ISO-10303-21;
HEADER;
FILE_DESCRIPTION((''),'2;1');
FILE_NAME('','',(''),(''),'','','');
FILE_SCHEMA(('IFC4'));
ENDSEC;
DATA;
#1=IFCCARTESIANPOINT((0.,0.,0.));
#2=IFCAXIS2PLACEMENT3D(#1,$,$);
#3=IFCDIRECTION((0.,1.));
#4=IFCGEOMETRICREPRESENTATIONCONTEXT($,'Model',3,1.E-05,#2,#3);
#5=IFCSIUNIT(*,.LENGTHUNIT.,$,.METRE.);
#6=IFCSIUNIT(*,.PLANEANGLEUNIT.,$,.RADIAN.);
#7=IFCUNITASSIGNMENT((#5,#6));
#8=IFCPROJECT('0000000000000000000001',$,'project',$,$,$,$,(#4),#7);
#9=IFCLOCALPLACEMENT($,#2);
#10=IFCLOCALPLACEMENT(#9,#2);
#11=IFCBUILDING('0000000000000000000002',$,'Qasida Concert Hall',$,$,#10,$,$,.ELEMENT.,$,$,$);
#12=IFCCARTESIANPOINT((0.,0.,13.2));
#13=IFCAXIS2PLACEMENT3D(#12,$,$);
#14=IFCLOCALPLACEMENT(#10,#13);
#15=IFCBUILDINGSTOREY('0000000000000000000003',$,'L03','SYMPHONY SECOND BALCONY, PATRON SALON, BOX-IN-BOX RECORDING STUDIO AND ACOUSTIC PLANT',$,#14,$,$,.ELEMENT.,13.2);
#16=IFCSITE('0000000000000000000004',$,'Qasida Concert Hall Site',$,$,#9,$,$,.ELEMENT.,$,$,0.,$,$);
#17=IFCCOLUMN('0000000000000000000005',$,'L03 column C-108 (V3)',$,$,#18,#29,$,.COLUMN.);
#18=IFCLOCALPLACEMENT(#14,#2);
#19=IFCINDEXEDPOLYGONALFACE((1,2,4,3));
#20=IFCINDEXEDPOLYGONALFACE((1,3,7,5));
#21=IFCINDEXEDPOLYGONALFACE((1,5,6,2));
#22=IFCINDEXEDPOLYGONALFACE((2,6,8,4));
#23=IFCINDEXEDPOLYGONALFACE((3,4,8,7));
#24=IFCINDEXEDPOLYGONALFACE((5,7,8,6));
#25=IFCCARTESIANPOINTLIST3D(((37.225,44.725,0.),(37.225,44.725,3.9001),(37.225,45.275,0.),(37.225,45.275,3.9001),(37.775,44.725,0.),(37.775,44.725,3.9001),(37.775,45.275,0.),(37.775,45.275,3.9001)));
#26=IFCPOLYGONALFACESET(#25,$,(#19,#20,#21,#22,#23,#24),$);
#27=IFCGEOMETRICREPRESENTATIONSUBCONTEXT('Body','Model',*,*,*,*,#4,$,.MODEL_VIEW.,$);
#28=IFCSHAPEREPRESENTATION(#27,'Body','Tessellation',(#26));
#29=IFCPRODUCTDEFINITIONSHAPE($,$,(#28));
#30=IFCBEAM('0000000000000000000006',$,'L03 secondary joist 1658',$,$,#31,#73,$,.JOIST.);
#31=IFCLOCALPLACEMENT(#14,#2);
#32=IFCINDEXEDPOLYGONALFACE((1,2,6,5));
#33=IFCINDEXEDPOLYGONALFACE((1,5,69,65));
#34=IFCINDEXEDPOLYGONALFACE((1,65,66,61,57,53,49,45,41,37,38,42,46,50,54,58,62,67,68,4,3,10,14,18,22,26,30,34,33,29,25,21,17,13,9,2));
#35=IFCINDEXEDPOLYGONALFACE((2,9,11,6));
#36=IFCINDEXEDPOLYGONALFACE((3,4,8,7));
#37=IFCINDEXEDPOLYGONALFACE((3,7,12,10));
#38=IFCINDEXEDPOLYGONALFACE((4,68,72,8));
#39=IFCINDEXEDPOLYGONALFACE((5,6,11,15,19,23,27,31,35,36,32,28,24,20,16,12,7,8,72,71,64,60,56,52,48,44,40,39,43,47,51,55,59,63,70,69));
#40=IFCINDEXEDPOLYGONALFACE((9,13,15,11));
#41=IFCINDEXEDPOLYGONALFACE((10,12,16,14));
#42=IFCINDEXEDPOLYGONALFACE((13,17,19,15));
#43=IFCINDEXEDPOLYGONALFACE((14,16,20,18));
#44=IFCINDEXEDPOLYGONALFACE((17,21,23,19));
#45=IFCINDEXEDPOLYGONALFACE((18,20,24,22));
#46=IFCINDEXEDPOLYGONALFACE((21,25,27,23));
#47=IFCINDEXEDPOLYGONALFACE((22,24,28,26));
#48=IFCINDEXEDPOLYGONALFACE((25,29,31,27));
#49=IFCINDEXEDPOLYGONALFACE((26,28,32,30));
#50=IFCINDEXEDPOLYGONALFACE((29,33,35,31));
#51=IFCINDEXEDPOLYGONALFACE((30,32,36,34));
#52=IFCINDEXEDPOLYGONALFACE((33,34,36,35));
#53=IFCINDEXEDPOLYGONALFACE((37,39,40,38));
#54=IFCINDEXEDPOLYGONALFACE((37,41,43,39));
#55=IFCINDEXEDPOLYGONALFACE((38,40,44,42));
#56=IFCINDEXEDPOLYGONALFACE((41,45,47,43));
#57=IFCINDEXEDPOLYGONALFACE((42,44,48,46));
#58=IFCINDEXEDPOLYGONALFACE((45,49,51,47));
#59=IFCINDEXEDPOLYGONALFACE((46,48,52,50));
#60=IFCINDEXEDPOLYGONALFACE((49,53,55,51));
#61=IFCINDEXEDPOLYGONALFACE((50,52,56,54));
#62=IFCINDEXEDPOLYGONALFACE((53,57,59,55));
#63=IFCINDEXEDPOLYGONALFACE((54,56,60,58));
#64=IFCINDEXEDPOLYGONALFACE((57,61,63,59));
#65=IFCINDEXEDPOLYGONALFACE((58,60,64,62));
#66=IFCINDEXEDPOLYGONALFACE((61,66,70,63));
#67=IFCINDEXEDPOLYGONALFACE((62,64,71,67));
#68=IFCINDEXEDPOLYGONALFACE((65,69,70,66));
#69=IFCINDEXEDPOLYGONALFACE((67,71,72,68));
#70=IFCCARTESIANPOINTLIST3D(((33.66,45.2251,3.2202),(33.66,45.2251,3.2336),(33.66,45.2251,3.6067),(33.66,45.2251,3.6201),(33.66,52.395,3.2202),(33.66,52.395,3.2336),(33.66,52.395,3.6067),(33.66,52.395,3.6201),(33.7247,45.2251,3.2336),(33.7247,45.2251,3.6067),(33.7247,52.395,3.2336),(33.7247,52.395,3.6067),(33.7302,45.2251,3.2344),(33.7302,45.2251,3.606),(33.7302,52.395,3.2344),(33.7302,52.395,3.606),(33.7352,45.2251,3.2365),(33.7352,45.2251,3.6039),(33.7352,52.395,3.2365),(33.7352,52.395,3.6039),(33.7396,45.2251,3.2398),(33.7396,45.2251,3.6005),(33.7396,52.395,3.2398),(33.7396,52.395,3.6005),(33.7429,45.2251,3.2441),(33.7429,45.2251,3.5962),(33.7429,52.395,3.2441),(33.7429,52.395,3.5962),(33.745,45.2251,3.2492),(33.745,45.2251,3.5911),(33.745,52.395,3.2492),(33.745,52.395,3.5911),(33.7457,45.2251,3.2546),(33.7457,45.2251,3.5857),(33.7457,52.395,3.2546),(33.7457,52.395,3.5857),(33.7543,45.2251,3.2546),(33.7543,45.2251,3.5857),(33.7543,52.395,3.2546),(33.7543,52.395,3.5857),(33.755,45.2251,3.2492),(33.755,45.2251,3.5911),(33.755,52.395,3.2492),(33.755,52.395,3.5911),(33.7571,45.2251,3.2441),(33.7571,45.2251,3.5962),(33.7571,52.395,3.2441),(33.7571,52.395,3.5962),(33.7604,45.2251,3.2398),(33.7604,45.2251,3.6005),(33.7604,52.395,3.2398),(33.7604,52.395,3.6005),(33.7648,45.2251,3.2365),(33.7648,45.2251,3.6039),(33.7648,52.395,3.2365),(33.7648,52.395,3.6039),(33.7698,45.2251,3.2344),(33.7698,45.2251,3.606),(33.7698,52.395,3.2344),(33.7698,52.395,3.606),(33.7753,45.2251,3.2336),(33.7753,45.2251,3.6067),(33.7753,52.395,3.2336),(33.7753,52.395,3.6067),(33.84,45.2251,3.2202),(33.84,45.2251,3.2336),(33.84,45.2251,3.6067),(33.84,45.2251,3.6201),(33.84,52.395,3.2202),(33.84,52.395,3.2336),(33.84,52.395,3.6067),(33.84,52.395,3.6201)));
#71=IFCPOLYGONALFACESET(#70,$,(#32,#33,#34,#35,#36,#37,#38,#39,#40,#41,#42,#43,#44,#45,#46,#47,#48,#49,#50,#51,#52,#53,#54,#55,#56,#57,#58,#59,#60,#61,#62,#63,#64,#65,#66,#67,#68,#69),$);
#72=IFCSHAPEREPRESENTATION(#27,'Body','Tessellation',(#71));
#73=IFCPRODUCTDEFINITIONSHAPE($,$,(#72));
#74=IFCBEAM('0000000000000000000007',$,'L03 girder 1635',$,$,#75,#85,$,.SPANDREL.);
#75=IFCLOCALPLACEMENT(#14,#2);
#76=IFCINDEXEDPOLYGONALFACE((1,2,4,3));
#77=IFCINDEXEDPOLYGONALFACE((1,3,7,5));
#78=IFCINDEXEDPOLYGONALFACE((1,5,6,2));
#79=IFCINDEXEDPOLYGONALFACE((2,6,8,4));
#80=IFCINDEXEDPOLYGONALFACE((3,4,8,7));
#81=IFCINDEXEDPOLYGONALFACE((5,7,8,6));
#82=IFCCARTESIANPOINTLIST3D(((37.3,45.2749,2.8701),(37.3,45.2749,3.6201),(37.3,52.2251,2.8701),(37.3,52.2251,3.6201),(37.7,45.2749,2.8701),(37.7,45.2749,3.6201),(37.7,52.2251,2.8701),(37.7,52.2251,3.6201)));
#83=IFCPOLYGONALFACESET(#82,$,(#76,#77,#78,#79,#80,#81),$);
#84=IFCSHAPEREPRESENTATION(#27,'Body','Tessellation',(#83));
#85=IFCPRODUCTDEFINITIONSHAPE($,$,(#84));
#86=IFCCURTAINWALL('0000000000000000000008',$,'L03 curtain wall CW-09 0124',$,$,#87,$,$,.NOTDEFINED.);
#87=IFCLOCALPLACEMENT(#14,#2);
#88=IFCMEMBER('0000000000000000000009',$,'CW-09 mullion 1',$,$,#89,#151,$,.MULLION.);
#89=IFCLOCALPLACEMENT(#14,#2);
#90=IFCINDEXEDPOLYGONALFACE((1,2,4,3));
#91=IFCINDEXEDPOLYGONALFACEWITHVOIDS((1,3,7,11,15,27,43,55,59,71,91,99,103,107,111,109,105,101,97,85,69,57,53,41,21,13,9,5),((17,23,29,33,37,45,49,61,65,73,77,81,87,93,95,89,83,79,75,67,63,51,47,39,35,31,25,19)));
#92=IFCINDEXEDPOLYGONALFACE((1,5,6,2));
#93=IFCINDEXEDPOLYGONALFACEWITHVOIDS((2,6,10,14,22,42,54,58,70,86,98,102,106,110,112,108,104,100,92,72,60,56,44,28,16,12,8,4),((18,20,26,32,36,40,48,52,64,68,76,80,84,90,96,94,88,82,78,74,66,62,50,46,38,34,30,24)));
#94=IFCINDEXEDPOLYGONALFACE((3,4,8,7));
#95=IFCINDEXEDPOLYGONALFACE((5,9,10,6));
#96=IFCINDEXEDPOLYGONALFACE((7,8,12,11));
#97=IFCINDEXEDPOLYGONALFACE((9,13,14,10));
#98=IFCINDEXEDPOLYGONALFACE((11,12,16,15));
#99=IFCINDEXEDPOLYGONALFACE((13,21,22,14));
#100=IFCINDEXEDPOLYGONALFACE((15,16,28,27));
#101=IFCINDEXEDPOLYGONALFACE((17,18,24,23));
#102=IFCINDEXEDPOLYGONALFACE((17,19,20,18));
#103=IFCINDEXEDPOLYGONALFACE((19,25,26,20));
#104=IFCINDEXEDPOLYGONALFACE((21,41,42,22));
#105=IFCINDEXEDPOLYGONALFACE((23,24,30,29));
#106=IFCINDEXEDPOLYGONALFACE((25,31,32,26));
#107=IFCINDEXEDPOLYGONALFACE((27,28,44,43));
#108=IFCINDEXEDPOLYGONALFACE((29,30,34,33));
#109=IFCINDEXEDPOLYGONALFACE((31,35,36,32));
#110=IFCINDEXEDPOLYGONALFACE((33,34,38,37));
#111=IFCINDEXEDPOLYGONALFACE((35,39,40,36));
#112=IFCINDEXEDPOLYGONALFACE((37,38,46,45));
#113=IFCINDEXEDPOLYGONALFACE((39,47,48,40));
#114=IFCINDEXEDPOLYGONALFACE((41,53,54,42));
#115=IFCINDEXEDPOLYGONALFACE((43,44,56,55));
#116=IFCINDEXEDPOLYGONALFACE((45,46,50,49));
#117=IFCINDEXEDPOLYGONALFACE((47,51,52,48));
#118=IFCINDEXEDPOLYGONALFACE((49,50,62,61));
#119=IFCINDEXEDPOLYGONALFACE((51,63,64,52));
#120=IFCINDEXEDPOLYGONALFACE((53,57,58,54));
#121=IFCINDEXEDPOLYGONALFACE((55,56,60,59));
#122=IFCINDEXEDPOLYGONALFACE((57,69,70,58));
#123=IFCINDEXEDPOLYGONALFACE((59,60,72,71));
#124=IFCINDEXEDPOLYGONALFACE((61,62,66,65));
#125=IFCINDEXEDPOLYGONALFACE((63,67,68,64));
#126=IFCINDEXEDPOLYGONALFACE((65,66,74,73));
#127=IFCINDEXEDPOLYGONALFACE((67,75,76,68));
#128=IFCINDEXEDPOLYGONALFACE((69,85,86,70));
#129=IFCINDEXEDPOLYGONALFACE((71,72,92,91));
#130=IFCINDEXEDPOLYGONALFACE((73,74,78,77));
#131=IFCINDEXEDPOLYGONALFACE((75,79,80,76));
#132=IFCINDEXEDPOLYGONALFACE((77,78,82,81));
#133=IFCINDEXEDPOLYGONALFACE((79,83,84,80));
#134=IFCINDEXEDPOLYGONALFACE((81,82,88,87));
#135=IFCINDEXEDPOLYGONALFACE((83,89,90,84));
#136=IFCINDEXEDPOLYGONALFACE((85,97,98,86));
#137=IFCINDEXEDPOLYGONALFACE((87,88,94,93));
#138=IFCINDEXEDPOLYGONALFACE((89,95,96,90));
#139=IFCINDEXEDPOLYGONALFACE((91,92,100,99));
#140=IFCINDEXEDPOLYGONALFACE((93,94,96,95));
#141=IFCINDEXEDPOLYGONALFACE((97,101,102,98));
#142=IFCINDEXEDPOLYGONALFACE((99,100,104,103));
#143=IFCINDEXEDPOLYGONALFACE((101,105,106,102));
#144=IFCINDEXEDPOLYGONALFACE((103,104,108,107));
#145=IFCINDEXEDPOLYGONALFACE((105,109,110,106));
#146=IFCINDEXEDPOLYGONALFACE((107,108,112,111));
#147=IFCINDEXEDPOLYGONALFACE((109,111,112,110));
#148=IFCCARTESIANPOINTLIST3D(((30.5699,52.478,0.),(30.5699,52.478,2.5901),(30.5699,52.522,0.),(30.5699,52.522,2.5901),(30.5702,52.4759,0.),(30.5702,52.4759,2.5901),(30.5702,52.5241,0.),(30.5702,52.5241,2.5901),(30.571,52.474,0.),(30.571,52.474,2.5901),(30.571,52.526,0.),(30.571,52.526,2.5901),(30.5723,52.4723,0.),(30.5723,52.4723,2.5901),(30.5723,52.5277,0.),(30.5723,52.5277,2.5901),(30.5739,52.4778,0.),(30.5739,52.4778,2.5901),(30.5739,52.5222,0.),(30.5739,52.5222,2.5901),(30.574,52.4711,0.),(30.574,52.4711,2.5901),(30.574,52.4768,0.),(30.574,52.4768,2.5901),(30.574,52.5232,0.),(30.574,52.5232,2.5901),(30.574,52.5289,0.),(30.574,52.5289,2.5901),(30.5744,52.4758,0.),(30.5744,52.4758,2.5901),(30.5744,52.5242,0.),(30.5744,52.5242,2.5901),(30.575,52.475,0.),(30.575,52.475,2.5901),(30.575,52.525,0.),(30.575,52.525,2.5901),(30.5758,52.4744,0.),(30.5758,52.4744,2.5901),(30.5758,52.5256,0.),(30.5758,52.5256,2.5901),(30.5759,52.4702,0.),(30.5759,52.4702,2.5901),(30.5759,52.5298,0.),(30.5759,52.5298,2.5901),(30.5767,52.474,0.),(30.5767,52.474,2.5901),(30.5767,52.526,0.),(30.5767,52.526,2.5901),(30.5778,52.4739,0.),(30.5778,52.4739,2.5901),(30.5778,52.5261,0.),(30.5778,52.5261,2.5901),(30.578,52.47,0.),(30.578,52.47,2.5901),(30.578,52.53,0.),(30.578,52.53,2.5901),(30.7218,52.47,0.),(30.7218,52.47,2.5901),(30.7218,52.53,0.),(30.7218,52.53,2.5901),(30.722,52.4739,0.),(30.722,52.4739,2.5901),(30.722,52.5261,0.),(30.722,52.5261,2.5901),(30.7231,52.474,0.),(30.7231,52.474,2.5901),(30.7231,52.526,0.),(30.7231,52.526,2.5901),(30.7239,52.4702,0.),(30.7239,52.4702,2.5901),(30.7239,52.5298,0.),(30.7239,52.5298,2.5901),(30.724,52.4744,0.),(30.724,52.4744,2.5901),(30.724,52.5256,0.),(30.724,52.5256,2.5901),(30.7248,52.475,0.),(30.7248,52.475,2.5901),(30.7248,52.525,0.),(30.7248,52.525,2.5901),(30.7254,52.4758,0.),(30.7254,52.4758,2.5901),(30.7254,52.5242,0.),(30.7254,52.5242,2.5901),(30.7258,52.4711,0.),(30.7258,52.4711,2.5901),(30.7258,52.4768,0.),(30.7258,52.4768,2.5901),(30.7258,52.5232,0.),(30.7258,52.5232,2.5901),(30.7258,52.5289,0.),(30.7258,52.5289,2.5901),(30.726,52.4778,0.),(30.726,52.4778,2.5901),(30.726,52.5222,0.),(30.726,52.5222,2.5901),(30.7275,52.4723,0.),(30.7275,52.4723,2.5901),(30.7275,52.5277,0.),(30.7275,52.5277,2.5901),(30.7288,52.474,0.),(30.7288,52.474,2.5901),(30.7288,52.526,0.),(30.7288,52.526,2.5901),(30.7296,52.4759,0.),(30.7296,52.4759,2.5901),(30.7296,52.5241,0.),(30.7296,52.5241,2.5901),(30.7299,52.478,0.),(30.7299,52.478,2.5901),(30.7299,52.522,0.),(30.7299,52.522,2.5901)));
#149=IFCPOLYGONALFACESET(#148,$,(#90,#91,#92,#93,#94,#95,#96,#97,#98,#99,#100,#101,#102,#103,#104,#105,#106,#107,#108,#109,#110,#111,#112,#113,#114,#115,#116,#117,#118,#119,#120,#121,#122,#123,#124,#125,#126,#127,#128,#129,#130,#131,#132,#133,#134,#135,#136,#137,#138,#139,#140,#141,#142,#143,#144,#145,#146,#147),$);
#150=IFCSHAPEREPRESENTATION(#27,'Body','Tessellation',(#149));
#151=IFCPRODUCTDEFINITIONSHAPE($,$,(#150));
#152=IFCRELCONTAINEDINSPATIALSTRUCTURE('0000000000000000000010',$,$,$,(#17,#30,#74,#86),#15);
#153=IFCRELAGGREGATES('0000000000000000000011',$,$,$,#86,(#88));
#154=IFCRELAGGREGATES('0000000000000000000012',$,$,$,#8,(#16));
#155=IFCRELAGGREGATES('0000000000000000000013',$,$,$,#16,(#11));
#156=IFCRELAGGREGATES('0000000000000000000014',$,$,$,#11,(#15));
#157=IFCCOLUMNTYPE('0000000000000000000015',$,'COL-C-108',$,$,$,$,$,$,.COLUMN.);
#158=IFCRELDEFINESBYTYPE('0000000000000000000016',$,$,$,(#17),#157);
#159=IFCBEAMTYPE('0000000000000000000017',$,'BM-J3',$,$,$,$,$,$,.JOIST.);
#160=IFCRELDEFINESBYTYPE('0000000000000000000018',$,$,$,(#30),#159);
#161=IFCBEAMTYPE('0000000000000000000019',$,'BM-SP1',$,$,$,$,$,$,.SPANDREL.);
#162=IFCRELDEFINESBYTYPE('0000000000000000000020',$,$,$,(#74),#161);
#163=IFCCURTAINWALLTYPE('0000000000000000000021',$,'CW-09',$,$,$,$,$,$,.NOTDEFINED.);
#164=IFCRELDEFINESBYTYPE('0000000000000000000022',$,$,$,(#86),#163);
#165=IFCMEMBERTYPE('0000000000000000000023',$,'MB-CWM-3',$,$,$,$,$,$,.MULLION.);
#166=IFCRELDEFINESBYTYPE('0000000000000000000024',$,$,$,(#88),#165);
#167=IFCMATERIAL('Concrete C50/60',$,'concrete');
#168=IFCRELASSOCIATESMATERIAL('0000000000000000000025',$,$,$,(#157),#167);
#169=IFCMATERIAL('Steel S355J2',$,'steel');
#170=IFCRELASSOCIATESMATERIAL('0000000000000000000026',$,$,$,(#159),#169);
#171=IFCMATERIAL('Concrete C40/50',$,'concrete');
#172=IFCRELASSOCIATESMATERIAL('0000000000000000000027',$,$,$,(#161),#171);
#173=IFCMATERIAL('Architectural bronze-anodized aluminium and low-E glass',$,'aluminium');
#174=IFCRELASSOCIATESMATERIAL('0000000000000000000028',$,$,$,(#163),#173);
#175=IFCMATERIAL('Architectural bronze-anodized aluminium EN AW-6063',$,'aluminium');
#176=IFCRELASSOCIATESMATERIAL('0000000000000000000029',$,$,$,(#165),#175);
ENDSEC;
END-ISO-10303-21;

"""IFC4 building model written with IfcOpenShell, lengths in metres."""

from ifc_helpers import new_model, si_unit, direction, frame, origin, origin_2d, place, context, subcontext, project, spatial, rectangle, hollow_rectangle, i_section, extrude, material, material_profile, profile_set, type_object, element, aggregate, save


model = new_model("IFC4")

# Units and contexts
model_context = context("Model", 3, precision=1e-05, world=origin(), true_north=direction((0.0, 1.0)))
body_context = subcontext(model_context, "Body", "Model", "MODEL_VIEW")
ifc_project = project(units=[si_unit("LENGTHUNIT", "METRE"), si_unit("PLANEANGLEUNIT", "RADIAN")], contexts=[model_context])

# Site, building, storey
site_placement = place(None, origin())
site = spatial("IfcSite", under=ifc_project, at=site_placement, Name="Qasida Concert Hall Site", CompositionType="ELEMENT", RefElevation=0.0)
building_placement = place(site_placement, origin())
building = spatial("IfcBuilding", under=site, at=building_placement, Name="Qasida Concert Hall", CompositionType="ELEMENT")
storey_placement = place(building_placement, frame((0.0, 0.0, 13.2)))
storey = spatial("IfcBuildingStorey", under=building, at=storey_placement, Name="L03", Description="SYMPHONY SECOND BALCONY, PATRON SALON, BOX-IN-BOX RECORDING STUDIO AND ACOUSTIC PLANT", CompositionType="ELEMENT", Elevation=13.2)

# Column
ifc_material_1 = material(Name="Concrete C50/60", Category="concrete")
ifc_material_profile_1 = material_profile(ifc_material_1, rectangle(XDim=0.55, YDim=0.55, at=origin_2d()), Name="RC 550x550")
ifc_profile_set_1 = profile_set([ifc_material_profile_1], Name="Concrete C50/60")
column_type = type_object("IfcColumnType", Name="COL-C-108", PredefinedType="COLUMN", material=ifc_profile_set_1)
column_placement = place(storey_placement, frame((37.5, 45.0, 0.0), z_axis=(0.0, 0.0, 1.0), x_axis=(1.0, 0.0, 0.0)))
element("IfcColumn", 1, at=column_placement, inside=storey, type_object=column_type, Name="L03 column C-108 (V3)", PredefinedType="COLUMN", context=body_context, shape_type="SweptSolid", body=[
    extrude(rectangle(XDim=0.55, YDim=0.55, at=origin_2d()), origin(), (0.0, 0.0, 1.0), 3.9001),
])

# Beams
ifc_material_2 = material(Name="Steel S355J2", Category="steel")
ifc_material_profile_2 = material_profile(ifc_material_2, i_section(OverallWidth=0.1799, OverallDepth=0.3999, WebThickness=0.0085, FlangeThickness=0.0134, FilletRadius=0.021, at=origin_2d()), Name="IPE 400")
ifc_profile_set_2 = profile_set([ifc_material_profile_2], Name="Steel S355J2")
beam_type_1 = type_object("IfcBeamType", Name="BM-J3", PredefinedType="JOIST", material=ifc_profile_set_2)
beam_1_placement = place(storey_placement, frame((33.75, 45.2251, 3.4202), z_axis=(0.0, 1.0, 0.0), x_axis=(-1.0, 0.0, 0.0)))
element("IfcBeam", 2, at=beam_1_placement, inside=storey, type_object=beam_type_1, Name="L03 secondary joist 1658", PredefinedType="JOIST", context=body_context, shape_type="SweptSolid", body=[
    extrude(i_section(OverallWidth=0.1799, OverallDepth=0.3999, WebThickness=0.0085, FlangeThickness=0.0134, FilletRadius=0.021, at=origin_2d()), origin(), (0.0, 0.0, 1.0), 7.1699),
])
ifc_material_3 = material(Name="Concrete C40/50", Category="concrete")
ifc_material_profile_3 = material_profile(ifc_material_3, rectangle(XDim=0.3999, YDim=0.75, at=origin_2d()), Name="RC 400x750")
ifc_profile_set_3 = profile_set([ifc_material_profile_3], Name="Concrete C40/50")
beam_type_2 = type_object("IfcBeamType", Name="BM-SP1", PredefinedType="SPANDREL", material=ifc_profile_set_3)
beam_2_placement = place(storey_placement, frame((37.5, 45.2749, 3.2451), z_axis=(0.0, 1.0, 0.0), x_axis=(-1.0, 0.0, 0.0)))
element("IfcBeam", 3, at=beam_2_placement, inside=storey, type_object=beam_type_2, Name="L03 girder 1635", PredefinedType="SPANDREL", context=body_context, shape_type="SweptSolid", body=[
    extrude(rectangle(XDim=0.3999, YDim=0.75, at=origin_2d()), origin(), (0.0, 0.0, 1.0), 6.9502),
])

# Curtain wall, member
ifc_material_4 = material(Name="Architectural bronze-anodized aluminium and low-E glass", Category="aluminium")
curtain_wall_type = type_object("IfcCurtainWallType", Name="CW-09", PredefinedType="NOTDEFINED", material=ifc_material_4)
curtain_wall_1_placement = place(storey_placement, origin())
curtain_wall_1 = element("IfcCurtainWall", 4, at=curtain_wall_1_placement, inside=storey, type_object=curtain_wall_type, Name="L03 curtain wall CW-09 0124", PredefinedType="NOTDEFINED")
ifc_material_5 = material(Name="Architectural bronze-anodized aluminium EN AW-6063", Category="aluminium")
ifc_material_profile_4 = material_profile(ifc_material_5, hollow_rectangle(XDim=0.0601, YDim=0.1599, WallThickness=0.0039, InnerFilletRadius=0.0039, OuterFilletRadius=0.0081, at=origin_2d()), Name="CWM 160x60x4")
ifc_profile_set_4 = profile_set([ifc_material_profile_4], Name="Architectural bronze-anodized aluminium EN AW-6063")
member_type_1 = type_object("IfcMemberType", Name="MB-CWM-3", PredefinedType="MULLION", material=ifc_profile_set_4)
member_1_placement = place(storey_placement, frame((30.6499, 52.5, 0.0), z_axis=(0.0, 0.0, 1.0), x_axis=(0.0, 1.0, 0.0)))
member_1 = element("IfcMember", 5, at=member_1_placement, type_object=member_type_1, Name="CW-09 mullion 1", PredefinedType="MULLION", context=body_context, shape_type="SweptSolid", body=[
    extrude(hollow_rectangle(XDim=0.0601, YDim=0.1599, WallThickness=0.0039, InnerFilletRadius=0.0039, OuterFilletRadius=0.0081, at=origin_2d()), origin(), (0.0, 0.0, 1.0), 2.5901),
])

aggregate(curtain_wall_1, [member_1])

save(model, "model.ifc")
